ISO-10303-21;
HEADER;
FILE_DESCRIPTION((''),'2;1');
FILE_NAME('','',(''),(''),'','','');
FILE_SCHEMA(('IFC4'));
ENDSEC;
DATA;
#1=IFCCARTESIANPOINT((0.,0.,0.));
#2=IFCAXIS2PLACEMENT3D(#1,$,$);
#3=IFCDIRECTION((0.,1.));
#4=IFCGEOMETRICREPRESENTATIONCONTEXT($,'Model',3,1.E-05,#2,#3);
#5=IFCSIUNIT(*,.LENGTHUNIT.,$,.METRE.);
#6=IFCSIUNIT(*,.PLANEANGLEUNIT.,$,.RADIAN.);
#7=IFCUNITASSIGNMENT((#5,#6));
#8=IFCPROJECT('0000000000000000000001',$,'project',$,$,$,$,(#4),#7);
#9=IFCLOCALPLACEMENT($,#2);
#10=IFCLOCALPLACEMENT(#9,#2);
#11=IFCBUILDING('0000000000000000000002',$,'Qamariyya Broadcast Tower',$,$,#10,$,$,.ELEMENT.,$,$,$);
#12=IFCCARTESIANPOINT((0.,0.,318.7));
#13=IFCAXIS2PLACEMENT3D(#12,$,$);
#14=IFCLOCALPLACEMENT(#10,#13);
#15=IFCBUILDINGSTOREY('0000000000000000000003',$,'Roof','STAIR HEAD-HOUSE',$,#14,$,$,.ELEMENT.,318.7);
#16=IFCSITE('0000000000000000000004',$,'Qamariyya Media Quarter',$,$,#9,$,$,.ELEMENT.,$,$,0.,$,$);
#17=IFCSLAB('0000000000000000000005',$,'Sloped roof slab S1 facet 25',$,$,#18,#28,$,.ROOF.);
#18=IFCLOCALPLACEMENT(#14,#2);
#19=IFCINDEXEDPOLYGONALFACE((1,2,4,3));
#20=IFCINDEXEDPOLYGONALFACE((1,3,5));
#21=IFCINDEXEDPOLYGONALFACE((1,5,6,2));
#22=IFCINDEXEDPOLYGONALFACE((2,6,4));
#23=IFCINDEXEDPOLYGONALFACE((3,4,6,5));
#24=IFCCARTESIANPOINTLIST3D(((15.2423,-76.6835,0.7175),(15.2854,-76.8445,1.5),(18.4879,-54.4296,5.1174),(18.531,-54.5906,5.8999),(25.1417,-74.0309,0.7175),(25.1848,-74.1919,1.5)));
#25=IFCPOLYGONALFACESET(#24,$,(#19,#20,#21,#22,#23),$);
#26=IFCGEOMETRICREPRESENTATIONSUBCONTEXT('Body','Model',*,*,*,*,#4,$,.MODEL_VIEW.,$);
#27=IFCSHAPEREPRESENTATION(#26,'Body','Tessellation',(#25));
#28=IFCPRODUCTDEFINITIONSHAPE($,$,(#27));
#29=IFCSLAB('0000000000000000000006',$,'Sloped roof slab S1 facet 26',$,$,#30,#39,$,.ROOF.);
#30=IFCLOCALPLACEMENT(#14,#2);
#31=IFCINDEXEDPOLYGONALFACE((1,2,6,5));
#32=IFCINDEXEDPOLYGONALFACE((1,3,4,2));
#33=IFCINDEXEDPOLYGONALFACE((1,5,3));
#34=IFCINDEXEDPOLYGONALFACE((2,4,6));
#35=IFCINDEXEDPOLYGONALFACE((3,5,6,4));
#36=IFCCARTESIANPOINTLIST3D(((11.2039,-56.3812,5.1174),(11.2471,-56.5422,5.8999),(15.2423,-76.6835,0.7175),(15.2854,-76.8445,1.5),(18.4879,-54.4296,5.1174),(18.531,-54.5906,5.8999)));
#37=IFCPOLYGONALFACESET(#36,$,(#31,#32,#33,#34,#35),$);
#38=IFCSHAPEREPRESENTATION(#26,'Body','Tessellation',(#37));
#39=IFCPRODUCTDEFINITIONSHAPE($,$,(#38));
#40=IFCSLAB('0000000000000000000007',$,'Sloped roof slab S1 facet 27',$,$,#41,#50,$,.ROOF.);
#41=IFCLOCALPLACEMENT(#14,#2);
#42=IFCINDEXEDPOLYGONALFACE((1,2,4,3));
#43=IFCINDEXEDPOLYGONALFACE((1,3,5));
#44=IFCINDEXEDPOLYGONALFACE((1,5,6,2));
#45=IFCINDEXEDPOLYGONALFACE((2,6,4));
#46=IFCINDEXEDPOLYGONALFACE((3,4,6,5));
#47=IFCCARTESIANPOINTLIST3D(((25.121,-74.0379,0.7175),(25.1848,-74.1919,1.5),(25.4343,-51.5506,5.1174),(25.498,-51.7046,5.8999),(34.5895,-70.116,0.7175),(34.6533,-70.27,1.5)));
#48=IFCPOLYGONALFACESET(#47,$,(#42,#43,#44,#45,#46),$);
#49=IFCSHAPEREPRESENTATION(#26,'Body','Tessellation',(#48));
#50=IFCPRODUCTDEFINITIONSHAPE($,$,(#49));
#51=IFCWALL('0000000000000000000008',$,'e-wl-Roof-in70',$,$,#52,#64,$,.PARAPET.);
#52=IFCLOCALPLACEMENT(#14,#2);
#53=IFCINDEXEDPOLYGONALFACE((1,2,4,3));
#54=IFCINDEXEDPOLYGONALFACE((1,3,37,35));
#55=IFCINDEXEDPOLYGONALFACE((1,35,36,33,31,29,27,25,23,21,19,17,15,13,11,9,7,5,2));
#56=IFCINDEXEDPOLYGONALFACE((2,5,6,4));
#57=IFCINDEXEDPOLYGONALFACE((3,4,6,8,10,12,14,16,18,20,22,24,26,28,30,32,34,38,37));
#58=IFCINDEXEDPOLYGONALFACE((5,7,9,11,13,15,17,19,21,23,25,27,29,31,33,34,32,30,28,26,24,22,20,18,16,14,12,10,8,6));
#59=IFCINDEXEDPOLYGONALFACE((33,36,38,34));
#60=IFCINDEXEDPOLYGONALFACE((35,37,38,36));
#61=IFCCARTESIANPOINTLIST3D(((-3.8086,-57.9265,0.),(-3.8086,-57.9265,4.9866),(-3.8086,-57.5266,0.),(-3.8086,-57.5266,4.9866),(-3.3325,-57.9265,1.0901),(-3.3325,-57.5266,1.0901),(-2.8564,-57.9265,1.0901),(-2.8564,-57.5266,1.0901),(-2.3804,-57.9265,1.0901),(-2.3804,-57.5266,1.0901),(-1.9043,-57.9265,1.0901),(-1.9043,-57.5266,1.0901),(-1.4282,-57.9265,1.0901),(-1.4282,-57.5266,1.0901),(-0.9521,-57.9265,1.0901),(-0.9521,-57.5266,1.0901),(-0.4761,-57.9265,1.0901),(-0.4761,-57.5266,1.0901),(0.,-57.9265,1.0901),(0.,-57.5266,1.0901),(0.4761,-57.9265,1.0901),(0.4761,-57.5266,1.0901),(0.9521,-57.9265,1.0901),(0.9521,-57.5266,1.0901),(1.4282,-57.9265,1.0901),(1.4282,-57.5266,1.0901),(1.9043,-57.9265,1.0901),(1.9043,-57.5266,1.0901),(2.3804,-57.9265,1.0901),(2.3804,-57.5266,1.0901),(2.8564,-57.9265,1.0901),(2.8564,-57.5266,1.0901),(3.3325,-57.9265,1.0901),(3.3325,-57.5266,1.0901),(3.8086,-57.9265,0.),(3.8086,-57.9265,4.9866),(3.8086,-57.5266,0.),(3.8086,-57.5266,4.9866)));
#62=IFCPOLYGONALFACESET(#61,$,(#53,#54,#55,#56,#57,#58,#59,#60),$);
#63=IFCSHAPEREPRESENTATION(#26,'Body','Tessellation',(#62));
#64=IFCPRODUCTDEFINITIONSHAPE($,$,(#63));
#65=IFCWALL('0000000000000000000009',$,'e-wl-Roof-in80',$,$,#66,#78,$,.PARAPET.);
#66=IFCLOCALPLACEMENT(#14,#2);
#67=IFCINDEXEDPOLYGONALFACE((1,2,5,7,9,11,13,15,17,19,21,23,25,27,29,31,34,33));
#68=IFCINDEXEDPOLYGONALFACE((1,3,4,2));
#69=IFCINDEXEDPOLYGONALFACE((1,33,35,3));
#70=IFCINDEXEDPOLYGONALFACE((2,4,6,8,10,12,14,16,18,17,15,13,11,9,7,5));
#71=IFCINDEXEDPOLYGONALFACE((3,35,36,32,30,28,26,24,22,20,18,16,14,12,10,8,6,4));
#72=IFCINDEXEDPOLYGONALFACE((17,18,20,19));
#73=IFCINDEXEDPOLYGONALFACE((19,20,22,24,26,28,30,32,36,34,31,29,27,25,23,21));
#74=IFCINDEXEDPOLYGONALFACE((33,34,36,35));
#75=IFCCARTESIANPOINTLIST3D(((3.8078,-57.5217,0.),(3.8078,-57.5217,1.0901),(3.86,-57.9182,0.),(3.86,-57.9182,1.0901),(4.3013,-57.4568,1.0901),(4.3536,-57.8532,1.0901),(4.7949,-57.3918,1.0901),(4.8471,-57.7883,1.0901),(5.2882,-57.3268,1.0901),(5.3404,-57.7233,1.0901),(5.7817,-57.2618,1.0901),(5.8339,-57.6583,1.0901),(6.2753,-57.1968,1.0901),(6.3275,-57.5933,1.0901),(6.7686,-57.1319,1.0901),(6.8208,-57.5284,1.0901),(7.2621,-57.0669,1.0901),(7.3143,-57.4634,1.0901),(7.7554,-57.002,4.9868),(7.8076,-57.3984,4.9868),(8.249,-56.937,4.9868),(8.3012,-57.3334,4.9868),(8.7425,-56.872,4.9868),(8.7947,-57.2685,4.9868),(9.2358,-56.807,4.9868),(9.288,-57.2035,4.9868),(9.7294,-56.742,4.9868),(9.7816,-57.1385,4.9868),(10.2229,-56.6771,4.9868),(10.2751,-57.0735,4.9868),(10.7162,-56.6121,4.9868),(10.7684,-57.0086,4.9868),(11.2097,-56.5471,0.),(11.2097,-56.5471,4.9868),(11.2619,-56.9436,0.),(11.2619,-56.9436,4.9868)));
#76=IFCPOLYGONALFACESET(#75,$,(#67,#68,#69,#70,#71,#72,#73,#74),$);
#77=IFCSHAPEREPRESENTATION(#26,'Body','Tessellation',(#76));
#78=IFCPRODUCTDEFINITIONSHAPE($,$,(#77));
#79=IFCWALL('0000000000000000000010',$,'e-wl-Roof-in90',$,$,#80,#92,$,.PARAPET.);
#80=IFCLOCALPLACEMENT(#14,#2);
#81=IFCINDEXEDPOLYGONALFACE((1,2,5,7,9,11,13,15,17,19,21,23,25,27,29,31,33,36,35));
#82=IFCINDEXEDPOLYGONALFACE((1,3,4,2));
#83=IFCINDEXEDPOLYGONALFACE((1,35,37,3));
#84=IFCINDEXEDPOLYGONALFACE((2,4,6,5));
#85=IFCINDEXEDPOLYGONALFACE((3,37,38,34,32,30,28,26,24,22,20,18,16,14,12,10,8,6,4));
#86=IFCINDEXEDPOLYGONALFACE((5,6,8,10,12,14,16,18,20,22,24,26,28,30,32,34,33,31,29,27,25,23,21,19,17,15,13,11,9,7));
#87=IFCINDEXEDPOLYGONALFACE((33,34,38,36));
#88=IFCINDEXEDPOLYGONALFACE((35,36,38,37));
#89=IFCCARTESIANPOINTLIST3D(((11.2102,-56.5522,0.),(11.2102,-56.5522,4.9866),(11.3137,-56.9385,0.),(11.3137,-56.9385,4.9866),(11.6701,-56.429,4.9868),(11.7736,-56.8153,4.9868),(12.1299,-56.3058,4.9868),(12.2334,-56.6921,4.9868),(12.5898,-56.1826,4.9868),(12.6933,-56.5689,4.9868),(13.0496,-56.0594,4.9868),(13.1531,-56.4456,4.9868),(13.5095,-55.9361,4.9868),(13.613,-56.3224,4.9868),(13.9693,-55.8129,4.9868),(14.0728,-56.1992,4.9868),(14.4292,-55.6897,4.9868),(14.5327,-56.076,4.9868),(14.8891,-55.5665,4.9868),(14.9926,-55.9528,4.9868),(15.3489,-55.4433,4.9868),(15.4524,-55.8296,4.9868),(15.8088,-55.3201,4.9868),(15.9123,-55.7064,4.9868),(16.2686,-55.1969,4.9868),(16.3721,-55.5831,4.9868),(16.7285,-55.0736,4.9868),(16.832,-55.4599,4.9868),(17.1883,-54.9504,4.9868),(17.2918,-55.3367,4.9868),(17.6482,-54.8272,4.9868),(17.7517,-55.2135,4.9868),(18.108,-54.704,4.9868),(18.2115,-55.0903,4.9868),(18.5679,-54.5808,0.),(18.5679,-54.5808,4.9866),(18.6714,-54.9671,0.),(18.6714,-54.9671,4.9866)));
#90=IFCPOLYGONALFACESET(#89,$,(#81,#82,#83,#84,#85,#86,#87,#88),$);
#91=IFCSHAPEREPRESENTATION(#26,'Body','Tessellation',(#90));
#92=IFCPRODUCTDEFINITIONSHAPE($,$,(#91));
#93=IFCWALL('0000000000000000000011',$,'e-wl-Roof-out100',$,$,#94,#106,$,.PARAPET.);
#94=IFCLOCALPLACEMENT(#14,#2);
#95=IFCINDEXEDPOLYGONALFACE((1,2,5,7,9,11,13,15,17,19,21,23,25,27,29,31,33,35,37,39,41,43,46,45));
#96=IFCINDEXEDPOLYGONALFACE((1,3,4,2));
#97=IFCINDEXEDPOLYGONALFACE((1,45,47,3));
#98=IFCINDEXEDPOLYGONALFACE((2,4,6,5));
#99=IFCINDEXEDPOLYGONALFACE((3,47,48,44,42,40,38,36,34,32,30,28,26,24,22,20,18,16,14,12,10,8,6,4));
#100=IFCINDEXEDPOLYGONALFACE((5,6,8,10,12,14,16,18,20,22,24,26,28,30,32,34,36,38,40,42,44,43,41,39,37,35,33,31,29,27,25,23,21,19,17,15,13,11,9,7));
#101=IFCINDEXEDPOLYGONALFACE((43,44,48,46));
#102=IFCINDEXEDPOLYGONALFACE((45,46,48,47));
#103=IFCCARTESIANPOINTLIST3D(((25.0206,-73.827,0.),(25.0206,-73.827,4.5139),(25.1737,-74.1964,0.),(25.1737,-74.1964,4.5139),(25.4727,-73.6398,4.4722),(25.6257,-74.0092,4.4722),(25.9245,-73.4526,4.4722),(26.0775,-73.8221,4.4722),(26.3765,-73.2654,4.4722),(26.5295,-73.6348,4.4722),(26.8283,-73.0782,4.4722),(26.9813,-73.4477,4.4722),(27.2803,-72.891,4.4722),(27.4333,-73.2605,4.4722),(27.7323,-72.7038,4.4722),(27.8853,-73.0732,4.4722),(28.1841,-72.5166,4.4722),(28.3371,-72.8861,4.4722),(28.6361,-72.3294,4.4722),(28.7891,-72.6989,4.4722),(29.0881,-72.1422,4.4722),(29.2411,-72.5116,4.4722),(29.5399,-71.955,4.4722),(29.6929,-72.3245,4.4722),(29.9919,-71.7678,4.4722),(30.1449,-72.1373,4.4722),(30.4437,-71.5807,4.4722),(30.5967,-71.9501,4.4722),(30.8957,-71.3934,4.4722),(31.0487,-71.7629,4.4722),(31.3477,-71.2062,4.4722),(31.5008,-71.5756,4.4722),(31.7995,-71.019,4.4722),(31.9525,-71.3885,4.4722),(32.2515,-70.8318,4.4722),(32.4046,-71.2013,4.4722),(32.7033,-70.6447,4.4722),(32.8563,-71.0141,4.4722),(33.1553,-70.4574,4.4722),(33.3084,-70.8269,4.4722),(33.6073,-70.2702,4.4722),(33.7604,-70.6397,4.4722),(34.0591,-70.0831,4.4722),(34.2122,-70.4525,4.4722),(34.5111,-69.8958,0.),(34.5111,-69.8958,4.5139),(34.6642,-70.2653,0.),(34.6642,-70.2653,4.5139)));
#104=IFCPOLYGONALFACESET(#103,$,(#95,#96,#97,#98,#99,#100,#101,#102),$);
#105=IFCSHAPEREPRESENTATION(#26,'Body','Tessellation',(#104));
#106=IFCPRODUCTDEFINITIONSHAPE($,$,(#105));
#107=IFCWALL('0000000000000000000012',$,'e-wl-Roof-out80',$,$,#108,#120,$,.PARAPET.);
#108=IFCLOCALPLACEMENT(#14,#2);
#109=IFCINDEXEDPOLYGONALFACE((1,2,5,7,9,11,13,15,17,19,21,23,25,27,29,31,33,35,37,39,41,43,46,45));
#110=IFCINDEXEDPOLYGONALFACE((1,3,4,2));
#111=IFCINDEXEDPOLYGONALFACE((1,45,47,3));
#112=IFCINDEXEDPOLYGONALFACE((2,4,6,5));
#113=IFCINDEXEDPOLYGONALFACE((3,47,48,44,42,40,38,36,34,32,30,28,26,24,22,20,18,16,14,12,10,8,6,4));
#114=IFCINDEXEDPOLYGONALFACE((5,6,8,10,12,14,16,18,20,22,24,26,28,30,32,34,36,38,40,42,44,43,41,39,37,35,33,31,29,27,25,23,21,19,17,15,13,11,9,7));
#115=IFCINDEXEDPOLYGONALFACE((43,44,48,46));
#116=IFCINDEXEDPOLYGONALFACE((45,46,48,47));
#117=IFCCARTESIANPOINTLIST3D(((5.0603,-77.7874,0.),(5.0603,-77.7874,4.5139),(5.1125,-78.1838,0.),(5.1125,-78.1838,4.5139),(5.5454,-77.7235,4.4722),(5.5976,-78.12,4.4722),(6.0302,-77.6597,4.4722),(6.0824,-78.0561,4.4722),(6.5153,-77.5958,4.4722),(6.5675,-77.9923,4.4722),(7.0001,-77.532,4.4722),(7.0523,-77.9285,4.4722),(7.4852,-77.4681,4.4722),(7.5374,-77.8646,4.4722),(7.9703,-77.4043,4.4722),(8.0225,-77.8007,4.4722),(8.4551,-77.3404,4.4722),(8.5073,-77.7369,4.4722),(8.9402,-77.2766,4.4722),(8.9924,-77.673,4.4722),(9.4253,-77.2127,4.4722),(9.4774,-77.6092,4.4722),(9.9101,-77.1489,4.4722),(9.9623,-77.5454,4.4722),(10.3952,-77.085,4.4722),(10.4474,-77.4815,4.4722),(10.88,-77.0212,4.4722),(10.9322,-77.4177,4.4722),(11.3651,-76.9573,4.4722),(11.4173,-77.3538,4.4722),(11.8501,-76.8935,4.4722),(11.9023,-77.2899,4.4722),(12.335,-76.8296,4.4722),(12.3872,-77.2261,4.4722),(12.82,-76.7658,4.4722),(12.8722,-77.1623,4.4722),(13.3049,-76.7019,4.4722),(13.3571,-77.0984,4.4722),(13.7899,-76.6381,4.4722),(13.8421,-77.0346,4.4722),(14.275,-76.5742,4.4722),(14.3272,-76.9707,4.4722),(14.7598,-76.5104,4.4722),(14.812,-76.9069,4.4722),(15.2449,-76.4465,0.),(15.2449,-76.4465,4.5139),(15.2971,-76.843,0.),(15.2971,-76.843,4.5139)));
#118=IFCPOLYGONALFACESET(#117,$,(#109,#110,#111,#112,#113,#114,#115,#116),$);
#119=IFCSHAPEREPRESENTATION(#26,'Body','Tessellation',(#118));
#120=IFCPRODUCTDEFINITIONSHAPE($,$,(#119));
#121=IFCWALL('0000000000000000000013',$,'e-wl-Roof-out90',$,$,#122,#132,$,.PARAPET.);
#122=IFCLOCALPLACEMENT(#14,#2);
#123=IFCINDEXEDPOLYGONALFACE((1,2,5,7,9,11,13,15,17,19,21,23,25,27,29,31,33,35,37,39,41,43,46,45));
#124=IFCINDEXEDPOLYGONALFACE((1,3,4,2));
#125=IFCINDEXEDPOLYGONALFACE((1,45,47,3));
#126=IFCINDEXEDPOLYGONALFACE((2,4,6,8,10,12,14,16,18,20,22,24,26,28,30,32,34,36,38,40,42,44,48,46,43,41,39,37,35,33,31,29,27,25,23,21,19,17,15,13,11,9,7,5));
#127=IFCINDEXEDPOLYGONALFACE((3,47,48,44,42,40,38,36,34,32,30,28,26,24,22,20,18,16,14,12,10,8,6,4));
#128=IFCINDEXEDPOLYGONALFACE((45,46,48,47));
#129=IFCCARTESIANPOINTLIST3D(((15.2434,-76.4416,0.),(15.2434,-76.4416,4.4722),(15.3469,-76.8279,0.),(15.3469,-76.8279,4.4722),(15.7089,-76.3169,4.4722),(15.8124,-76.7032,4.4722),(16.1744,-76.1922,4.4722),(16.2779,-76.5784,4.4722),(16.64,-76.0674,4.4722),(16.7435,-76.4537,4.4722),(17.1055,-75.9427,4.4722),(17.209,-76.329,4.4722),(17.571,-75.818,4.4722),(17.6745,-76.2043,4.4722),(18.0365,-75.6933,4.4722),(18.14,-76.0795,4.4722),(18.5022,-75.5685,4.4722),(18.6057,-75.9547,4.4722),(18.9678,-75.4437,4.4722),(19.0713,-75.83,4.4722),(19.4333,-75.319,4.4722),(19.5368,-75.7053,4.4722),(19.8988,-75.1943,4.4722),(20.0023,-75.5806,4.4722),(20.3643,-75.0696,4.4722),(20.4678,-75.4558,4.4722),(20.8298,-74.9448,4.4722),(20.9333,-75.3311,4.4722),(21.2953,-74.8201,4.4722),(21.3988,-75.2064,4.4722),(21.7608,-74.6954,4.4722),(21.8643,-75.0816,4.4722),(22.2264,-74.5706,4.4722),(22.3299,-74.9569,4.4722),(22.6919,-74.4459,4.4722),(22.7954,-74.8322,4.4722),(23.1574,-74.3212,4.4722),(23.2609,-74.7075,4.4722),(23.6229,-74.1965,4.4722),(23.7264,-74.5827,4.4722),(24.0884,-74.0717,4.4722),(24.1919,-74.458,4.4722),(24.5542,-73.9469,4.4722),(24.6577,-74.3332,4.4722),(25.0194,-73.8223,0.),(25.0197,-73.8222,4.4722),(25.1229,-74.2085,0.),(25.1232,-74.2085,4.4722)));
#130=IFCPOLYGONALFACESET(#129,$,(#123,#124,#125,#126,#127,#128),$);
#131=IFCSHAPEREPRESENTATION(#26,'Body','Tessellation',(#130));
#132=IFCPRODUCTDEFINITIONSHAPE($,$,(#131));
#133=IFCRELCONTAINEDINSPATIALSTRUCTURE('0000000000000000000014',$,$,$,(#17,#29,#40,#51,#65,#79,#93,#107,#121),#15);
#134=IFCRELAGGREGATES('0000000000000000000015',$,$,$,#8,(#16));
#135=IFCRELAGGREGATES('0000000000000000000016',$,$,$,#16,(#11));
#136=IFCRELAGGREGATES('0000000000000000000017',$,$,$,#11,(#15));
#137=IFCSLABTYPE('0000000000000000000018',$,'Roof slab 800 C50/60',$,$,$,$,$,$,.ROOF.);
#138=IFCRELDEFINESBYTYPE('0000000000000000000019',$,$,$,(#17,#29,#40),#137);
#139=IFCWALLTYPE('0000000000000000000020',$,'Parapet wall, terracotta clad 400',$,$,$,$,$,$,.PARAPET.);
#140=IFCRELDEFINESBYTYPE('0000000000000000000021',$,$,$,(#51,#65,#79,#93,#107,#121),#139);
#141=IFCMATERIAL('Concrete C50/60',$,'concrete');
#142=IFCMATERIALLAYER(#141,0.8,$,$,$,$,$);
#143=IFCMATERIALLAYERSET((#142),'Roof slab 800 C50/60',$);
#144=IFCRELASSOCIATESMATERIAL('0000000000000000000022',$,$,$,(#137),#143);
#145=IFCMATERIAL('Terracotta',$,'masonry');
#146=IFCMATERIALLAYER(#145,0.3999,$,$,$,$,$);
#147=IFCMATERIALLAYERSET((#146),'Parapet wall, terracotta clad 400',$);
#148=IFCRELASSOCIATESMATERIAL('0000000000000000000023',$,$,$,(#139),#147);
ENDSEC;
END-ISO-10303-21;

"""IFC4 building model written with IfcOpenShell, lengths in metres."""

from ifc_helpers import new_model, si_unit, direction, frame, origin, place, context, subcontext, project, spatial, polyline, outline, extrude, material, layer, layer_set, type_object, element, save


model = new_model("IFC4")

# Units and contexts
model_context = context("Model", 3, precision=1e-05, world=origin(), true_north=direction((0.0, 1.0)))
body_context = subcontext(model_context, "Body", "Model", "MODEL_VIEW")
ifc_project = project(units=[si_unit("LENGTHUNIT", "METRE"), si_unit("PLANEANGLEUNIT", "RADIAN")], contexts=[model_context])

# Site, building, storey
site_placement = place(None, origin())
site = spatial("IfcSite", under=ifc_project, at=site_placement, Name="Qamariyya Media Quarter", CompositionType="ELEMENT", RefElevation=0.0)
building_placement = place(site_placement, origin())
building = spatial("IfcBuilding", under=site, at=building_placement, Name="Qamariyya Broadcast Tower", CompositionType="ELEMENT")
storey_placement = place(building_placement, frame((0.0, 0.0, 318.7)))
storey = spatial("IfcBuildingStorey", under=building, at=storey_placement, Name="Roof", Description="STAIR HEAD-HOUSE", CompositionType="ELEMENT", Elevation=318.7)

# Shared definitions
ifc_material_1 = material(Name="Concrete C50/60", Category="concrete")

# Slabs
ifc_layer_1 = layer(ifc_material_1, 0.8)
ifc_layer_set_1 = layer_set([ifc_layer_1], Name="Roof slab 800 C50/60")
slab_type = type_object("IfcSlabType", Name="Roof slab 800 C50/60", PredefinedType="ROOF", material=ifc_layer_set_1)
slab_1_placement = place(storey_placement, frame((15.2854, -76.8445, 1.5), z_axis=(0.053923, -0.20124, 0.978057), x_axis=(0.965925, 0.258823, 0.0)))
element("IfcSlab", 1, at=slab_1_placement, inside=storey, type_object=slab_type, Name="Sloped roof slab S1 facet 25", PredefinedType="ROOF", context=body_context, shape_type="SweptSolid", body=[
    extrude(outline(polyline([(0.0, 0.0), (10.2486, 0.0), (8.8948, 21.119), (0.0, 0.0)])), origin(), (0.0, 0.0, -1.0), 0.8),
])
slab_2_placement = place(storey_placement, frame((15.2854, -76.8445, 1.5), z_axis=(0.05392, -0.201239, 0.978057), x_axis=(0.141632, 0.97112, 0.192004)))
element("IfcSlab", 2, at=slab_2_placement, inside=storey, type_object=slab_type, Name="Sloped roof slab S1 facet 26", PredefinedType="ROOF", context=body_context, shape_type="SweptSolid", body=[
    extrude(outline(polyline([(0.0, 0.0), (22.9157, 0.0), (19.9888, 6.9497), (0.0, 0.0)])), origin(), (0.0, 0.0, -1.0), 0.8),
])
slab_3_placement = place(storey_placement, frame((25.1848, -74.1919, 1.5), z_axis=(0.079725, -0.192479, 0.978057), x_axis=(0.923883, 0.382674, 0.0)))
element("IfcSlab", 3, at=slab_3_placement, inside=storey, type_object=slab_type, Name="Sloped roof slab S1 facet 27", PredefinedType="ROOF", context=body_context, shape_type="SweptSolid", body=[
    extrude(outline(polyline([(0.0, 0.0), (10.2486, 0.0), (8.8947, 21.1192), (0.0, 0.0)])), origin(), (0.0, 0.0, -1.0), 0.8),
])

# Walls
ifc_material_2 = material(Name="Terracotta", Category="masonry")
ifc_layer_2 = layer(ifc_material_2, 0.3999)
ifc_layer_set_2 = layer_set([ifc_layer_2], Name="Parapet wall, terracotta clad 400")
wall_type = type_object("IfcWallType", Name="Parapet wall, terracotta clad 400", PredefinedType="PARAPET", material=ifc_layer_set_2)
wall_1_placement = place(storey_placement, frame((3.8086, -57.7266, 0.0), z_axis=(0.0, 0.0, 1.0), x_axis=(-1.0, 0.0, 0.0)))
element("IfcWall", 4, at=wall_1_placement, inside=storey, type_object=wall_type, Name="e-wl-Roof-in70", PredefinedType="PARAPET", context=body_context, shape_type="SweptSolid", body=[
    extrude(outline(polyline([(0.0, 0.0), (7.6172, 0.0), (7.6172, 4.9866), (7.1411, 1.0901), (6.665, 1.0901), (6.189, 1.0901), (5.7129, 1.0901), (5.2368, 1.0901), (4.7607, 1.0901), (4.2847, 1.0901), (3.8086, 1.0901), (3.3325, 1.0901), (2.8564, 1.0901), (2.3804, 1.0901), (1.9043, 1.0901), (1.4282, 1.0901), (0.9521, 1.0901), (0.4761, 1.0901), (0.0, 4.9866), (0.0, 0.0)])), frame((0.0, 0.2, 0.0), z_axis=(0.0, -1.0, 0.0), x_axis=(1.0, 0.0, 0.0)), (0.0, 0.0, 1.0), 0.3999),
])
wall_2_placement = place(storey_placement, frame((11.2358, -56.7454, 0.0), z_axis=(0.0, 0.0, 1.0), x_axis=(-0.991442, -0.130544, 0.0)))
element("IfcWall", 5, at=wall_2_placement, inside=storey, type_object=wall_type, Name="e-wl-Roof-in80", PredefinedType="PARAPET", context=body_context, shape_type="SweptSolid", body=[
    extrude(outline(polyline([(0.0, 0.0), (7.4658, 0.0), (7.4658, 1.0901), (6.968, 1.0901), (6.4702, 1.0901), (5.9727, 1.0901), (5.4749, 1.0901), (4.9771, 1.0901), (4.4795, 1.0901), (3.9817, 1.0901), (3.4841, 4.9868), (2.9863, 4.9868), (2.4885, 4.9868), (1.991, 4.9868), (1.4932, 4.9868), (0.9954, 4.9868), (0.4978, 4.9868), (0.0, 4.9868), (0.0, 0.0)])), frame((0.0, 0.2, 0.0), z_axis=(0.0, -1.0, 0.0), x_axis=(1.0, 0.0, 0.0)), (0.0, 0.0, 1.0), 0.3999),
])
wall_3_placement = place(storey_placement, frame((18.6196, -54.7739, 0.0), z_axis=(0.0, 0.0, 1.0), x_axis=(-0.965927, -0.258814, 0.0)))
element("IfcWall", 6, at=wall_3_placement, inside=storey, type_object=wall_type, Name="e-wl-Roof-in90", PredefinedType="PARAPET", context=body_context, shape_type="SweptSolid", body=[
    extrude(outline(polyline([(0.0, 0.0), (7.6172, 0.0), (7.6172, 4.9866), (7.1411, 4.9868), (6.665, 4.9868), (6.189, 4.9868), (5.7129, 4.9868), (5.2368, 4.9868), (4.7607, 4.9868), (4.2847, 4.9868), (3.8086, 4.9868), (3.3325, 4.9868), (2.8564, 4.9868), (2.3804, 4.9868), (1.9043, 4.9868), (1.4282, 4.9868), (0.9521, 4.9868), (0.4761, 4.9868), (0.0, 4.9866), (0.0, 0.0)])), frame((0.0, 0.2, 0.0), z_axis=(0.0, -1.0, 0.0), x_axis=(1.0, 0.0, 0.0)), (0.0, 0.0, 1.0), 0.3999),
])
for number, where, z_axis, x_axis, name in (
    (7, (25.0972, -74.0117, 0.0), (0.0, 0.0, 1.0), (0.923877, 0.382689, 0.0), "e-wl-Roof-out100"),
    (8, (5.0864, -77.9856, 0.0), (0.0, 0.0, 1.0), (0.991445, 0.130526, 0.0), "e-wl-Roof-out80"),
):
    element("IfcWall", number, at=place(storey_placement, frame(where, z_axis=z_axis, x_axis=x_axis)), inside=storey, type_object=wall_type, Name=name, PredefinedType="PARAPET", context=body_context, shape_type="SweptSolid", body=[
        extrude(outline(polyline([(0.0, 0.0), (10.2725, 0.0), (10.2725, 4.5139), (9.7832, 4.4722), (9.2942, 4.4722), (8.8049, 4.4722), (8.3157, 4.4722), (7.8267, 4.4722), (7.3374, 4.4722), (6.8484, 4.4722), (6.3591, 4.4722), (5.8699, 4.4722), (5.3809, 4.4722), (4.8916, 4.4722), (4.4026, 4.4722), (3.9133, 4.4722), (3.4241, 4.4722), (2.9351, 4.4722), (2.4458, 4.4722), (1.9565, 4.4722), (1.4675, 4.4722), (0.9783, 4.4722), (0.4893, 4.4722), (0.0, 4.5139), (0.0, 0.0)])), frame((0.0, 0.2, 0.0), z_axis=(0.0, -1.0, 0.0), x_axis=(1.0, 0.0, 0.0)), (0.0, 0.0, 1.0), 0.3999),
    ])
wall_4_placement = place(storey_placement, frame((15.2952, -76.6348, 0.0), z_axis=(0.0, 0.0, 1.0), x_axis=(0.965929, 0.258808, 0.0)))
element("IfcWall", 9, at=wall_4_placement, inside=storey, type_object=wall_type, Name="e-wl-Roof-out90", PredefinedType="PARAPET", context=body_context, shape_type="SweptSolid", body=[
    extrude(outline(polyline([(0.0, 0.0), (10.1208, 0.0), (10.1211, 4.4722), (9.6392, 4.4722), (9.157, 4.4722), (8.675, 4.4722), (8.1931, 4.4722), (7.7112, 4.4722), (7.2292, 4.4722), (6.7473, 4.4722), (6.2654, 4.4722), (5.7834, 4.4722), (5.3015, 4.4722), (4.8196, 4.4722), (4.3376, 4.4722), (3.8557, 4.4722), (3.3738, 4.4722), (2.8916, 4.4722), (2.4097, 4.4722), (1.9277, 4.4722), (1.4458, 4.4722), (0.9639, 4.4722), (0.4819, 4.4722), (0.0, 4.4722), (0.0, 0.0)])), frame((0.0, 0.2, 0.0), z_axis=(0.0, -1.0, 0.0), x_axis=(1.0, 0.0, 0.0)), (0.0, 0.0, 1.0), 0.3999),
])

save(model, "model.ifc")
